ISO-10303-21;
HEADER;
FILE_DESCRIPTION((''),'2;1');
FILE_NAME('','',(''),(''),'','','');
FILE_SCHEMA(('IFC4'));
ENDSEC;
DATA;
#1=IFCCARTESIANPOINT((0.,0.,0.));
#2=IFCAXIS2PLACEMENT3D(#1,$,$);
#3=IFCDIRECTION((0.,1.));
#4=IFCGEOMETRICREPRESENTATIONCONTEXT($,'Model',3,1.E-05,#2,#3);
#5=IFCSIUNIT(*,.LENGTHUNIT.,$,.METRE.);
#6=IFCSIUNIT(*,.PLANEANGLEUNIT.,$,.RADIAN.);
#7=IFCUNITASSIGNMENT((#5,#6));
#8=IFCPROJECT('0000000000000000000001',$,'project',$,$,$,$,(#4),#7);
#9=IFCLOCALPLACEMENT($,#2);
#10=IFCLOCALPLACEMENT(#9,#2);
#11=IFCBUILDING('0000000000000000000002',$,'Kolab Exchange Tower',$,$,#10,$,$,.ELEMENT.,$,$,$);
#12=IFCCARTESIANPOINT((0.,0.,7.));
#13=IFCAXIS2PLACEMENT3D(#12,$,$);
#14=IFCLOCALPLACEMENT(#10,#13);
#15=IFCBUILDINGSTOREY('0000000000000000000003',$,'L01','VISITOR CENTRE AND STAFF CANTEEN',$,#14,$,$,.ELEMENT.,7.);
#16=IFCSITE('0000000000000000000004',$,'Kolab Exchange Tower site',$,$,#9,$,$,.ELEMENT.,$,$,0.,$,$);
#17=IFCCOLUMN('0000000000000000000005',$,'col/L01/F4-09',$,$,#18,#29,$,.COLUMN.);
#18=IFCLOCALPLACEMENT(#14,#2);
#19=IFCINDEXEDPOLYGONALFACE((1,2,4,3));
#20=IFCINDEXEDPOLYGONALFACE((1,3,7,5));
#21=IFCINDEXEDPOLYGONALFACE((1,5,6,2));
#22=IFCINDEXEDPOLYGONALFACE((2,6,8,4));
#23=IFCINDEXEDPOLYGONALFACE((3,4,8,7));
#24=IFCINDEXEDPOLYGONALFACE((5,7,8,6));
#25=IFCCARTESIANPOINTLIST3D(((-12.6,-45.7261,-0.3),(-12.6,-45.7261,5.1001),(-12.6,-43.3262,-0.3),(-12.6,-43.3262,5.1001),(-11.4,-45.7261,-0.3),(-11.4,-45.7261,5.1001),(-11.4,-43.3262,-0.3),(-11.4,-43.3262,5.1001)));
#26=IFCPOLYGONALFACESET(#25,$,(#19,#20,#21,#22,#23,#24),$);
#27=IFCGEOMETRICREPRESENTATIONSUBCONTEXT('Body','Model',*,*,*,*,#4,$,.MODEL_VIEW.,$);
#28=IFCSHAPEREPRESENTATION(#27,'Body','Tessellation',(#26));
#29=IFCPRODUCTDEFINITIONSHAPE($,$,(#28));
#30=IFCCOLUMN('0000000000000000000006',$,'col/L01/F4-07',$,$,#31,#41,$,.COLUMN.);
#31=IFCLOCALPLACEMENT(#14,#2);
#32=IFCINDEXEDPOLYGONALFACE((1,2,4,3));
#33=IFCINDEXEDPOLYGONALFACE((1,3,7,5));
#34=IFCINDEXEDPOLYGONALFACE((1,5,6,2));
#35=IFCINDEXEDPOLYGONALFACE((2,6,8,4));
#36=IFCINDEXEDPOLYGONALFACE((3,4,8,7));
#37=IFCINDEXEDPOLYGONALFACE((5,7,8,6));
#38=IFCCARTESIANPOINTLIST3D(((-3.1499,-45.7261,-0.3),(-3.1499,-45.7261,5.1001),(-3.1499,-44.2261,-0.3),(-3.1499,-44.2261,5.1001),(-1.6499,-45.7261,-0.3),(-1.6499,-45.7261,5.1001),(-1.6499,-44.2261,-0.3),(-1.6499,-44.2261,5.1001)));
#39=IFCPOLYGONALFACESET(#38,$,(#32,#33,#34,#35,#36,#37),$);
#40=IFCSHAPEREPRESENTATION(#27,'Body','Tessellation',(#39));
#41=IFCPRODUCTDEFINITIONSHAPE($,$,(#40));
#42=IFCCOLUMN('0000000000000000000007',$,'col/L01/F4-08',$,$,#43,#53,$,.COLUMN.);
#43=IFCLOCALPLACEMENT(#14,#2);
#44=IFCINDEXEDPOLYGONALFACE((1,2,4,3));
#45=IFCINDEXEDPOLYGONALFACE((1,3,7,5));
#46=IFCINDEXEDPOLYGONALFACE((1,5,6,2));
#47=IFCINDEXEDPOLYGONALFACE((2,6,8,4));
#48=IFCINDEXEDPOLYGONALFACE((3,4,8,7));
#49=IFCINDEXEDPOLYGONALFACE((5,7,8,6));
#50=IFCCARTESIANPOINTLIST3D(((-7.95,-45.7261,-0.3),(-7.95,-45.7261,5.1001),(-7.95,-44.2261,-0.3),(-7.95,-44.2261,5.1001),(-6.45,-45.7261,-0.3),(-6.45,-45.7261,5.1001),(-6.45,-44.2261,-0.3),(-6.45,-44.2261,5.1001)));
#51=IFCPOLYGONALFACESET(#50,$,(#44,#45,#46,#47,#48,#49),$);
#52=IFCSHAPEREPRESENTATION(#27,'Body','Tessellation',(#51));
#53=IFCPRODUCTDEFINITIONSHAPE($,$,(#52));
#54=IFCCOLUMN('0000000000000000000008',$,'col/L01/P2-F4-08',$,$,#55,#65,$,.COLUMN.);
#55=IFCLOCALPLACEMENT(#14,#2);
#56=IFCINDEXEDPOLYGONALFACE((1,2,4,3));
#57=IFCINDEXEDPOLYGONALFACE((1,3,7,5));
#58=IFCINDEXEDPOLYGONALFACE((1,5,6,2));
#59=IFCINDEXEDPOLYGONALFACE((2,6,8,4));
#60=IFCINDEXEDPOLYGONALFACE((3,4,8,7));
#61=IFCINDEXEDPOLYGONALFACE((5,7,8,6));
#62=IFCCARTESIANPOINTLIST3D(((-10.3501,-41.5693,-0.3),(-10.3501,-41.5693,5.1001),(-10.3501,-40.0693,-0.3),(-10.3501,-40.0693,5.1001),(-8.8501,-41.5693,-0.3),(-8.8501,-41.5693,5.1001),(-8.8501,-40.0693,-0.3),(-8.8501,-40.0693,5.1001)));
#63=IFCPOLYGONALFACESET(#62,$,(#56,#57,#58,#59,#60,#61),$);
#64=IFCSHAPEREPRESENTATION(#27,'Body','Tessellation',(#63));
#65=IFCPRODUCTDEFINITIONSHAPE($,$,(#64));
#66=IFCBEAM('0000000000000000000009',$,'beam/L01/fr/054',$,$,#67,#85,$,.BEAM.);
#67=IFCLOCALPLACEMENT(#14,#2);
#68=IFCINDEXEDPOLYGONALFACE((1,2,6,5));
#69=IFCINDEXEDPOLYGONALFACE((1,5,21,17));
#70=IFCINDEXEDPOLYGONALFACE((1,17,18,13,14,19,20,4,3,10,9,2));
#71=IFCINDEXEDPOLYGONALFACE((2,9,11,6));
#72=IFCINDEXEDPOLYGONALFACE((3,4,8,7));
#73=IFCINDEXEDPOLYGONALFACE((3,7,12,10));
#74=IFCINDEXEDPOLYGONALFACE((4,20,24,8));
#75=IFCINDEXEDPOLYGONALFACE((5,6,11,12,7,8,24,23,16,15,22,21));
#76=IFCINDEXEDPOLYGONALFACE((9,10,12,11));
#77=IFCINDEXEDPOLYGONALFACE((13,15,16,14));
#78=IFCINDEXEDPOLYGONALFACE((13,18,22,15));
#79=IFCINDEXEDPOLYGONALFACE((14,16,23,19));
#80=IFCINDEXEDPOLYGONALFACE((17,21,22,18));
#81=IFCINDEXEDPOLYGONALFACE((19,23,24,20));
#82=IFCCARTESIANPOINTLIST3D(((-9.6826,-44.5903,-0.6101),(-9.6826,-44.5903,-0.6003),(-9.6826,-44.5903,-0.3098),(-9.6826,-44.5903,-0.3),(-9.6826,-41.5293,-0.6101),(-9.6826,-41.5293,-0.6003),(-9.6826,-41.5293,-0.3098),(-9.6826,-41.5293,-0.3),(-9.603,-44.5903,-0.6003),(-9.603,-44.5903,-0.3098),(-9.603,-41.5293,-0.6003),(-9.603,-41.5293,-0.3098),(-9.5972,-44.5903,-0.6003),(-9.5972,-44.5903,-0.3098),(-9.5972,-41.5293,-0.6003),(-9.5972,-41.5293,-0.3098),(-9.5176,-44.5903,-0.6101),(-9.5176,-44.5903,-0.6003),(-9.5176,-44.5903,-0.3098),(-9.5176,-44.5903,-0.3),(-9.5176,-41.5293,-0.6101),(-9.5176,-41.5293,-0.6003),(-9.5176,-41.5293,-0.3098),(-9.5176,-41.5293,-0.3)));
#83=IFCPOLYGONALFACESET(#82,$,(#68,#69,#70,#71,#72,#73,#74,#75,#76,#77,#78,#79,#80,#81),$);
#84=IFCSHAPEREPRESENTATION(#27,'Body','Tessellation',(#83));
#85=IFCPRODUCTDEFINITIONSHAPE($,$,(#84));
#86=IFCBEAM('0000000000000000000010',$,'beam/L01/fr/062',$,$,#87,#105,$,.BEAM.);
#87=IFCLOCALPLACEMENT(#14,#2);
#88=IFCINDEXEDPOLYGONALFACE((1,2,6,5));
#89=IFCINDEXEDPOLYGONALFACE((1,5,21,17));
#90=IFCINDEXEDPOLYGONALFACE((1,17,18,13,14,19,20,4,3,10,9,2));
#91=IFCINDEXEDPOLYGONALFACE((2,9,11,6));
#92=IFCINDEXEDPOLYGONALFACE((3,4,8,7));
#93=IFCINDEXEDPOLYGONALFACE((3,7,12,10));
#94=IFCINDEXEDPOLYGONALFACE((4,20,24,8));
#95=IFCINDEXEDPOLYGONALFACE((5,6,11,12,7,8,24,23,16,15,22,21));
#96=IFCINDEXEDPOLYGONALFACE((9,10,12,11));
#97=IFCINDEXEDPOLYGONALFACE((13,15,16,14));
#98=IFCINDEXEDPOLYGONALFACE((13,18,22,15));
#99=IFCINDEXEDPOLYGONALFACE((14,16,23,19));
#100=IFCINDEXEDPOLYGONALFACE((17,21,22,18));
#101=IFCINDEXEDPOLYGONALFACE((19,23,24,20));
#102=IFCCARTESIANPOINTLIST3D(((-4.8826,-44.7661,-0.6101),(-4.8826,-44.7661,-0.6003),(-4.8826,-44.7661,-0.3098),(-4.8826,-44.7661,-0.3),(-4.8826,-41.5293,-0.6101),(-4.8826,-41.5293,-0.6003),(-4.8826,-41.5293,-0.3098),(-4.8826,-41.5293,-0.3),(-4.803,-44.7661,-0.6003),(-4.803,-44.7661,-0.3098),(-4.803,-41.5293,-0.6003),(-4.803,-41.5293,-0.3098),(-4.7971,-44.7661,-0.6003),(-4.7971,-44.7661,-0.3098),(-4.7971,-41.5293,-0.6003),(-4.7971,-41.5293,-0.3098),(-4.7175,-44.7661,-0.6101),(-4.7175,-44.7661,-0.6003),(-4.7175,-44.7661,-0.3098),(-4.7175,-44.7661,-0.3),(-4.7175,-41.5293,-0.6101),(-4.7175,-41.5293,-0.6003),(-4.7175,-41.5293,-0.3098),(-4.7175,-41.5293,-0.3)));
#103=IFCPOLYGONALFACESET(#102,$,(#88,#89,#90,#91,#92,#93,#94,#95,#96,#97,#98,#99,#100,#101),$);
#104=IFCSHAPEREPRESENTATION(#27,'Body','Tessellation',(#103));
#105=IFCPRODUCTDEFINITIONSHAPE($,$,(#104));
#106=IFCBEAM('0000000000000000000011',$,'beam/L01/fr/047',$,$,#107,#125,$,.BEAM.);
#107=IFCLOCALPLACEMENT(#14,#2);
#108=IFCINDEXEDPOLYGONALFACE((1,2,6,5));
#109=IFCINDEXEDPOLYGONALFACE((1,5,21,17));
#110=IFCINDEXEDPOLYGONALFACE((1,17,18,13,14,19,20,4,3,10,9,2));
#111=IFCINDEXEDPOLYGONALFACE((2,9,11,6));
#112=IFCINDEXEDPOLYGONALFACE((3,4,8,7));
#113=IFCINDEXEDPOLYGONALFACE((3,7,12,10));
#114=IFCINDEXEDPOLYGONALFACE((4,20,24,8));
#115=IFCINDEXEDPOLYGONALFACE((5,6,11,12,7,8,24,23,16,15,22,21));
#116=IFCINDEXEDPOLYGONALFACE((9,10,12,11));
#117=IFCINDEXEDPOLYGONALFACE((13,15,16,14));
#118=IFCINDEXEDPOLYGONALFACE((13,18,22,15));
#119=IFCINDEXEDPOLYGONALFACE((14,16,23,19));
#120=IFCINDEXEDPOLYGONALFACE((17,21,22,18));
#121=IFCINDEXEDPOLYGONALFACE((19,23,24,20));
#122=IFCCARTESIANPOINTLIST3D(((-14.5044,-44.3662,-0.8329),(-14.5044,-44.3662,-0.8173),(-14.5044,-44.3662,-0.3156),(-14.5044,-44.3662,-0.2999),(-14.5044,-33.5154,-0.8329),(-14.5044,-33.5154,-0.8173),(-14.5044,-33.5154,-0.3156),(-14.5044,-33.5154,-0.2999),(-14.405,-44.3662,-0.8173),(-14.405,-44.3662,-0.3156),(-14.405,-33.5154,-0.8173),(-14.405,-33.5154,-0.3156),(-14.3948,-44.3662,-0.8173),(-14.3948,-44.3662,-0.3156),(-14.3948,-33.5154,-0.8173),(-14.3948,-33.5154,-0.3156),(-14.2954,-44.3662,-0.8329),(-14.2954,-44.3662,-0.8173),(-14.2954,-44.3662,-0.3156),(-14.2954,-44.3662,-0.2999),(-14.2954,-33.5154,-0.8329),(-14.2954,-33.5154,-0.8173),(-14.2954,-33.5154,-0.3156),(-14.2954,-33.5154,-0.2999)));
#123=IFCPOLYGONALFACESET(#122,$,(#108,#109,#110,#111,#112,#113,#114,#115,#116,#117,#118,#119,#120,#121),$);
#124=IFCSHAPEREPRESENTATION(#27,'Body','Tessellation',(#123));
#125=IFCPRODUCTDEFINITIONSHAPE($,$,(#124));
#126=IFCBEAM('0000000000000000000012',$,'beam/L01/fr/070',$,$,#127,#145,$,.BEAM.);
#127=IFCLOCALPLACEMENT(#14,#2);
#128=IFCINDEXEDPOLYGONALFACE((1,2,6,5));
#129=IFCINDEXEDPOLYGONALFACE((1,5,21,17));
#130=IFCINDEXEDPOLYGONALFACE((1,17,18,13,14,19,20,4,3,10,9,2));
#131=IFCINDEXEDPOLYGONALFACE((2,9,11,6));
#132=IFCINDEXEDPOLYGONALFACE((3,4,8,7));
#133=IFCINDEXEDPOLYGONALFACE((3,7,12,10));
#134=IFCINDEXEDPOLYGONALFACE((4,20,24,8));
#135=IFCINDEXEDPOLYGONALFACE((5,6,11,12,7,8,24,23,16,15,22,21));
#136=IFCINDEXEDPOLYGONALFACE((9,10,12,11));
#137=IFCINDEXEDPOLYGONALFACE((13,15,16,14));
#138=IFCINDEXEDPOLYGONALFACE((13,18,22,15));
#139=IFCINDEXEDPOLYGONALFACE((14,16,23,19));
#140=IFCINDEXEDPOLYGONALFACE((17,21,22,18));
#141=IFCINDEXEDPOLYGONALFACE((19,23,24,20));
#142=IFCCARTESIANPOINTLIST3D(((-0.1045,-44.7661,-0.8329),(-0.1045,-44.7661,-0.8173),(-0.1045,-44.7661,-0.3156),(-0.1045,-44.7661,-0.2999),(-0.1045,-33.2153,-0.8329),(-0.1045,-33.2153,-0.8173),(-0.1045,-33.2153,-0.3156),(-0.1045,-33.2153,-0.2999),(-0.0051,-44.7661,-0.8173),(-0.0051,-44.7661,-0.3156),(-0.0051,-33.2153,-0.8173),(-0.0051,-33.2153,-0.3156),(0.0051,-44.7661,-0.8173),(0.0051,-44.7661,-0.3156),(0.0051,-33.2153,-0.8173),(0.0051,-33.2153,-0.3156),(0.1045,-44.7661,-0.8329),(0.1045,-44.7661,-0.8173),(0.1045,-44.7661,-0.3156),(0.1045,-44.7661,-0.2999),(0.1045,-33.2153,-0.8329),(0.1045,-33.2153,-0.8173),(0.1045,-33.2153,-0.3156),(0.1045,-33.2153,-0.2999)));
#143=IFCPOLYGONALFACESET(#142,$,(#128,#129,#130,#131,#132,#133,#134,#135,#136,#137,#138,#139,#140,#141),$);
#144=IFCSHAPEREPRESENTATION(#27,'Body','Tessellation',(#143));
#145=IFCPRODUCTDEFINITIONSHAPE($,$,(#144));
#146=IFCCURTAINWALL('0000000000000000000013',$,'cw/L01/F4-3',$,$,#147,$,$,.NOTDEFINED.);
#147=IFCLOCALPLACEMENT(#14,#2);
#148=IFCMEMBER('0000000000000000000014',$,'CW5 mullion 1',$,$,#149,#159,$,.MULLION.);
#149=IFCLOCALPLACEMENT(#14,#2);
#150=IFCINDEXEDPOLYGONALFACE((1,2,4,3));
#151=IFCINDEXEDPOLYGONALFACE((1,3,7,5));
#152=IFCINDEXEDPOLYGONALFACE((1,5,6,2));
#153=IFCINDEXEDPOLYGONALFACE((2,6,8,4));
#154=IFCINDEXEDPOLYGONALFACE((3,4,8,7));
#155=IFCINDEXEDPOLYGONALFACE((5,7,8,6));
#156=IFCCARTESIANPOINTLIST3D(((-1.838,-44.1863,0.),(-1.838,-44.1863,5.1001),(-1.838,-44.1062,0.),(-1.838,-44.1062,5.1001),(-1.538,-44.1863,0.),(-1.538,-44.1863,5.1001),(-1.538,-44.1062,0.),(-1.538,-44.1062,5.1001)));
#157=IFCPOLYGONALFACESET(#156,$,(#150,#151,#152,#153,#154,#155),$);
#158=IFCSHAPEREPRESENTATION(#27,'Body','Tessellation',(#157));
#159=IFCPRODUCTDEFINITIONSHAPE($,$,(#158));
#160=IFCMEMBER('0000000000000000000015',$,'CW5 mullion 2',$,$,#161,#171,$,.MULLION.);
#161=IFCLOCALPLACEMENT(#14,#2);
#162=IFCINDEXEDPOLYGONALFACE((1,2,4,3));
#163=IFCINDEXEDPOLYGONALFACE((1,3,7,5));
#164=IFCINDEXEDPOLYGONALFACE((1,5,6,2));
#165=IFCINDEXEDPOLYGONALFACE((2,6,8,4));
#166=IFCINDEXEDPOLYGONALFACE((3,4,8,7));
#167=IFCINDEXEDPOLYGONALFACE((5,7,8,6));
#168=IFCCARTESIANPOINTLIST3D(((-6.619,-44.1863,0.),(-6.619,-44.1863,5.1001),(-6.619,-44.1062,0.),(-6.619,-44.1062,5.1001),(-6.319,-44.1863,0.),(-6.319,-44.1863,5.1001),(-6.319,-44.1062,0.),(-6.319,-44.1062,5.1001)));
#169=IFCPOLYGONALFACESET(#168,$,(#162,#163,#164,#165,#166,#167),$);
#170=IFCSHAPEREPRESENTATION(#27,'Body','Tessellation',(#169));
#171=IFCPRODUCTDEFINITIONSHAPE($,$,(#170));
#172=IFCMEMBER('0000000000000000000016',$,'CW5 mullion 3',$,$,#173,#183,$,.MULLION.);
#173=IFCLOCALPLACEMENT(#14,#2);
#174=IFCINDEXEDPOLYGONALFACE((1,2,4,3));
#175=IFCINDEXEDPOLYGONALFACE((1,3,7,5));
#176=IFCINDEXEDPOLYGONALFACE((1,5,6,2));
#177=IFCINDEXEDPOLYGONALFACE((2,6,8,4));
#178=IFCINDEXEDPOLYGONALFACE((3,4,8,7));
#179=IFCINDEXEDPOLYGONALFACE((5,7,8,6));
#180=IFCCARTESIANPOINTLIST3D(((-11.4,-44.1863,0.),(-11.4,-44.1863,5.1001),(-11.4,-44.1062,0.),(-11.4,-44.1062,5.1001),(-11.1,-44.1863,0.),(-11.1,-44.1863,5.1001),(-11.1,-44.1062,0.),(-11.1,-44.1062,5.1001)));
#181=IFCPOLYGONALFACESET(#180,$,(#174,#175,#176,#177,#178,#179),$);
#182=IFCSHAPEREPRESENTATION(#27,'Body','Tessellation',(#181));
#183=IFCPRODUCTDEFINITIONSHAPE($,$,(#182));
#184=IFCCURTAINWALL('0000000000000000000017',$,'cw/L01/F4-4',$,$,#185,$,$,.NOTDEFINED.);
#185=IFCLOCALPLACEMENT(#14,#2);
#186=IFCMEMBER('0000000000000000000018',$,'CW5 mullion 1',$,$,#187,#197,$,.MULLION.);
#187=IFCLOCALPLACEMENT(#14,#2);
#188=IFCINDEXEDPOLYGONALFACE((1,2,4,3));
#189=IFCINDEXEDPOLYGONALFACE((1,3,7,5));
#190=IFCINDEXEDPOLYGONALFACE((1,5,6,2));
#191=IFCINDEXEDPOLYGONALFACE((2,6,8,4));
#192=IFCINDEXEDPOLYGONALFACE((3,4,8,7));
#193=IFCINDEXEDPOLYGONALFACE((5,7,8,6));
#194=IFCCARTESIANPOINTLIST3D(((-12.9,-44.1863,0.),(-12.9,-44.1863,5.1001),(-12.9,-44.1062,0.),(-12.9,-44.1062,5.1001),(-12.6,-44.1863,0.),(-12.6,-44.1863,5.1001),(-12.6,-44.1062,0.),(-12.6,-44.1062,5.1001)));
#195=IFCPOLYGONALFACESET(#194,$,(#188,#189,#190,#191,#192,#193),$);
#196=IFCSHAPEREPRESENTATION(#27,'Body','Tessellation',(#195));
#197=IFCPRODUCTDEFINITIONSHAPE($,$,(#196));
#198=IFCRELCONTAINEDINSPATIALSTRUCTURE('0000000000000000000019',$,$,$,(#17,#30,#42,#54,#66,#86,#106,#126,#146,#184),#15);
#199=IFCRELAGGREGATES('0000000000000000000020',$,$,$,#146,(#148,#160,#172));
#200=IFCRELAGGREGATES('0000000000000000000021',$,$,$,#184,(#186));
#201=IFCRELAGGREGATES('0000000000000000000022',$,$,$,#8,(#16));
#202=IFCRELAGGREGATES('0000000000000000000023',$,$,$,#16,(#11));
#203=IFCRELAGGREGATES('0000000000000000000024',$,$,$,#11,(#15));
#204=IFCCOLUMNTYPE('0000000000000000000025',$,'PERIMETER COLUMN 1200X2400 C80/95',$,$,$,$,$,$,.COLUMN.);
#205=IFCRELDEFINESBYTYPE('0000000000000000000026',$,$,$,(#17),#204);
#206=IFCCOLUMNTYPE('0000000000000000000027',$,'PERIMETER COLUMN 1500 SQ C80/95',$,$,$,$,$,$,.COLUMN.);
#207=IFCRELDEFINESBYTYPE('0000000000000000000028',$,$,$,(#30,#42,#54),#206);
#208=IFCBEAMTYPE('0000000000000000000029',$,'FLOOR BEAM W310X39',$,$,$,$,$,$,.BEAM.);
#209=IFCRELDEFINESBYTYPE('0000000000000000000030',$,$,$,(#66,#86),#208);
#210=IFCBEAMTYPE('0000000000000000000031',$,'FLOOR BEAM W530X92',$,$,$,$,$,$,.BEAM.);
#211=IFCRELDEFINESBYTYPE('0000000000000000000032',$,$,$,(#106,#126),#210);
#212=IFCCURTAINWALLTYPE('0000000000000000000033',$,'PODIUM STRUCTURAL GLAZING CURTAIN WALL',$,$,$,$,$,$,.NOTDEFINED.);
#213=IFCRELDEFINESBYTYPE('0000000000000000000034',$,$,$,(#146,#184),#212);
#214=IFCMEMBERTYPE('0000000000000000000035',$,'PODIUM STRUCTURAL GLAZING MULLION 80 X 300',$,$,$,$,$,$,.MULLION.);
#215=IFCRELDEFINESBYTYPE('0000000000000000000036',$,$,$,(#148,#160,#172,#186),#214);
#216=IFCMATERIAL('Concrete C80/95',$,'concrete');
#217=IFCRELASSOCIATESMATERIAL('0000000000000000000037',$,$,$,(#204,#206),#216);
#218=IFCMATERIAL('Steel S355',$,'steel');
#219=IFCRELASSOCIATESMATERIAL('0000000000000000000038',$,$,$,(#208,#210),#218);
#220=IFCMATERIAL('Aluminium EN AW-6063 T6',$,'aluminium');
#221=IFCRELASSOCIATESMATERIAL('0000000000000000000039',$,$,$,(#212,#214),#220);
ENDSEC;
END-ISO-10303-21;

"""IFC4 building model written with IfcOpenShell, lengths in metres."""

from ifc_helpers import new_model, si_unit, direction, frame, origin, origin_2d, place, context, subcontext, project, spatial, rectangle, i_section, extrude, material, material_profile, profile_set, type_object, element, aggregate, save


model = new_model("IFC4")

# Units and contexts
model_context = context("Model", 3, precision=1e-05, world=origin(), true_north=direction((0.0, 1.0)))
body_context = subcontext(model_context, "Body", "Model", "MODEL_VIEW")
ifc_project = project(units=[si_unit("LENGTHUNIT", "METRE"), si_unit("PLANEANGLEUNIT", "RADIAN")], contexts=[model_context])

# Site, building, storey
site_placement = place(None, origin())
site = spatial("IfcSite", under=ifc_project, at=site_placement, Name="Kolab Exchange Tower site", CompositionType="ELEMENT", RefElevation=0.0)
building_placement = place(site_placement, origin())
building = spatial("IfcBuilding", under=site, at=building_placement, Name="Kolab Exchange Tower", CompositionType="ELEMENT")
storey_placement = place(building_placement, frame((0.0, 0.0, 7.0)))
storey = spatial("IfcBuildingStorey", under=building, at=storey_placement, Name="L01", Description="VISITOR CENTRE AND STAFF CANTEEN", CompositionType="ELEMENT", Elevation=7.0)

# Columns
ifc_material_1 = material(Name="Concrete C80/95", Category="concrete")
ifc_material_profile_1 = material_profile(ifc_material_1, rectangle(XDim=1.2, YDim=2.3999, at=origin_2d()), Name="RC1200X2400")
ifc_profile_set_1 = profile_set([ifc_material_profile_1], Name="Concrete C80/95")
column_type_1 = type_object("IfcColumnType", Name="PERIMETER COLUMN 1200X2400 C80/95", PredefinedType="COLUMN", material=ifc_profile_set_1)
column_placement = place(storey_placement, frame((-12.0, -44.5261, -0.3), z_axis=(0.0, 0.0, 1.0), x_axis=(1.0, 0.0, 0.0)))
element("IfcColumn", 1, at=column_placement, inside=storey, type_object=column_type_1, Name="col/L01/F4-09", PredefinedType="COLUMN", context=body_context, shape_type="SweptSolid", body=[
    extrude(rectangle(XDim=1.2, YDim=2.3999, at=origin_2d()), origin(), (0.0, 0.0, 1.0), 5.4001),
])
ifc_material_profile_2 = material_profile(ifc_material_1, rectangle(XDim=1.5, YDim=1.5, at=origin_2d()), Name="RC1500")
ifc_profile_set_2 = profile_set([ifc_material_profile_2], Name="Concrete C80/95")
column_type_2 = type_object("IfcColumnType", Name="PERIMETER COLUMN 1500 SQ C80/95", PredefinedType="COLUMN", material=ifc_profile_set_2)
for number, where, z_axis, x_axis, name in (
    (2, (-2.3999, -44.9761, -0.3), (0.0, 0.0, 1.0), (1.0, 0.0, 0.0), "col/L01/F4-07"),
    (3, (-7.2, -44.9761, -0.3), (0.0, 0.0, 1.0), (1.0, 0.0, 0.0), "col/L01/F4-08"),
    (4, (-9.6001, -40.8193, -0.3), (0.0, 0.0, 1.0), (1.0, 0.0, 0.0), "col/L01/P2-F4-08"),
):
    element("IfcColumn", number, at=place(storey_placement, frame(where, z_axis=z_axis, x_axis=x_axis)), inside=storey, type_object=column_type_2, Name=name, PredefinedType="COLUMN", context=body_context, shape_type="SweptSolid", body=[
        extrude(rectangle(XDim=1.5, YDim=1.5, at=origin_2d()), origin(), (0.0, 0.0, 1.0), 5.4001),
    ])

# Beams
ifc_material_2 = material(Name="Steel S355", Category="steel")
ifc_material_profile_3 = material_profile(ifc_material_2, i_section(OverallWidth=0.165, OverallDepth=0.3101, WebThickness=0.0059, FlangeThickness=0.0098, at=origin_2d()), Name="W310X39")
ifc_profile_set_3 = profile_set([ifc_material_profile_3], Name="Steel S355")
beam_type_1 = type_object("IfcBeamType", Name="FLOOR BEAM W310X39", PredefinedType="BEAM", material=ifc_profile_set_3)
beam_1_placement = place(storey_placement, frame((-9.6001, -44.5903, -0.4551), z_axis=(0.0, 1.0, 0.0), x_axis=(-1.0, 0.0, 0.0)))
element("IfcBeam", 5, at=beam_1_placement, inside=storey, type_object=beam_type_1, Name="beam/L01/fr/054", PredefinedType="BEAM", context=body_context, shape_type="SweptSolid", body=[
    extrude(i_section(OverallWidth=0.165, OverallDepth=0.3101, WebThickness=0.0059, FlangeThickness=0.0098, at=origin_2d()), origin(), (0.0, 0.0, 1.0), 3.061),
])
beam_2_placement = place(storey_placement, frame((-4.8, -44.7661, -0.4551), z_axis=(0.0, 1.0, 0.0), x_axis=(-1.0, 0.0, 0.0)))
element("IfcBeam", 6, at=beam_2_placement, inside=storey, type_object=beam_type_1, Name="beam/L01/fr/062", PredefinedType="BEAM", context=body_context, shape_type="SweptSolid", body=[
    extrude(i_section(OverallWidth=0.165, OverallDepth=0.3101, WebThickness=0.0059, FlangeThickness=0.0098, at=origin_2d()), origin(), (0.0, 0.0, 1.0), 3.2368),
])
ifc_material_profile_4 = material_profile(ifc_material_2, i_section(OverallWidth=0.209, OverallDepth=0.533, WebThickness=0.0103, FlangeThickness=0.0156, at=origin_2d()), Name="W530X92")
ifc_profile_set_4 = profile_set([ifc_material_profile_4], Name="Steel S355")
beam_type_2 = type_object("IfcBeamType", Name="FLOOR BEAM W530X92", PredefinedType="BEAM", material=ifc_profile_set_4)
beam_3_placement = place(storey_placement, frame((-14.3999, -44.3662, -0.5664), z_axis=(0.0, 1.0, 0.0), x_axis=(-1.0, 0.0, 0.0)))
element("IfcBeam", 7, at=beam_3_placement, inside=storey, type_object=beam_type_2, Name="beam/L01/fr/047", PredefinedType="BEAM", context=body_context, shape_type="SweptSolid", body=[
    extrude(i_section(OverallWidth=0.209, OverallDepth=0.533, WebThickness=0.0103, FlangeThickness=0.0156, at=origin_2d()), origin(), (0.0, 0.0, 1.0), 10.8508),
])
beam_4_placement = place(storey_placement, frame((0.0, -44.7661, -0.5664), z_axis=(0.0, 1.0, 0.0), x_axis=(-1.0, 0.0, 0.0)))
element("IfcBeam", 8, at=beam_4_placement, inside=storey, type_object=beam_type_2, Name="beam/L01/fr/070", PredefinedType="BEAM", context=body_context, shape_type="SweptSolid", body=[
    extrude(i_section(OverallWidth=0.209, OverallDepth=0.533, WebThickness=0.0103, FlangeThickness=0.0156, at=origin_2d()), origin(), (0.0, 0.0, 1.0), 11.5508),
])

# Curtain walls, members
ifc_material_3 = material(Name="Aluminium EN AW-6063 T6", Category="aluminium")
curtain_wall_type = type_object("IfcCurtainWallType", Name="PODIUM STRUCTURAL GLAZING CURTAIN WALL", PredefinedType="NOTDEFINED", material=ifc_material_3)
curtain_wall_1_placement = place(storey_placement, origin())
curtain_wall_1 = element("IfcCurtainWall", 9, at=curtain_wall_1_placement, inside=storey, type_object=curtain_wall_type, Name="cw/L01/F4-3", PredefinedType="NOTDEFINED")
ifc_material_profile_5 = material_profile(ifc_material_3, rectangle(XDim=0.0801, YDim=0.3, at=origin_2d()), Name="RECT 80X300")
ifc_profile_set_5 = profile_set([ifc_material_profile_5], Name="Aluminium EN AW-6063 T6")
member_type_1 = type_object("IfcMemberType", Name="PODIUM STRUCTURAL GLAZING MULLION 80 X 300", PredefinedType="MULLION", material=ifc_profile_set_5)
member_1_placement = place(storey_placement, frame((-1.688, -44.1462, 0.0), z_axis=(0.0, 0.0, 1.0), x_axis=(0.0, -1.0, 0.0)))
member_1 = element("IfcMember", 10, at=member_1_placement, type_object=member_type_1, Name="CW5 mullion 1", PredefinedType="MULLION", context=body_context, shape_type="SweptSolid", body=[
    extrude(rectangle(XDim=0.0801, YDim=0.3, at=origin_2d()), origin(), (0.0, 0.0, 1.0), 5.1001),
])
member_2_placement = place(storey_placement, frame((-6.469, -44.1462, 0.0), z_axis=(0.0, 0.0, 1.0), x_axis=(0.0, -1.0, 0.0)))
member_2 = element("IfcMember", 11, at=member_2_placement, type_object=member_type_1, Name="CW5 mullion 2", PredefinedType="MULLION", context=body_context, shape_type="SweptSolid", body=[
    extrude(rectangle(XDim=0.0801, YDim=0.3, at=origin_2d()), origin(), (0.0, 0.0, 1.0), 5.1001),
])
member_3_placement = place(storey_placement, frame((-11.25, -44.1462, 0.0), z_axis=(0.0, 0.0, 1.0), x_axis=(0.0, -1.0, 0.0)))
member_3 = element("IfcMember", 12, at=member_3_placement, type_object=member_type_1, Name="CW5 mullion 3", PredefinedType="MULLION", context=body_context, shape_type="SweptSolid", body=[
    extrude(rectangle(XDim=0.0801, YDim=0.3, at=origin_2d()), origin(), (0.0, 0.0, 1.0), 5.1001),
])
curtain_wall_2_placement = place(storey_placement, origin())
curtain_wall_2 = element("IfcCurtainWall", 13, at=curtain_wall_2_placement, inside=storey, type_object=curtain_wall_type, Name="cw/L01/F4-4", PredefinedType="NOTDEFINED")
member_4_placement = place(storey_placement, frame((-12.75, -44.1462, 0.0), z_axis=(0.0, 0.0, 1.0), x_axis=(0.0, -1.0, 0.0)))
member_4 = element("IfcMember", 14, at=member_4_placement, type_object=member_type_1, Name="CW5 mullion 1", PredefinedType="MULLION", context=body_context, shape_type="SweptSolid", body=[
    extrude(rectangle(XDim=0.0801, YDim=0.3, at=origin_2d()), origin(), (0.0, 0.0, 1.0), 5.1001),
])

aggregate(curtain_wall_1, [member_1, member_2, member_3])
aggregate(curtain_wall_2, [member_4])

save(model, "model.ifc")
